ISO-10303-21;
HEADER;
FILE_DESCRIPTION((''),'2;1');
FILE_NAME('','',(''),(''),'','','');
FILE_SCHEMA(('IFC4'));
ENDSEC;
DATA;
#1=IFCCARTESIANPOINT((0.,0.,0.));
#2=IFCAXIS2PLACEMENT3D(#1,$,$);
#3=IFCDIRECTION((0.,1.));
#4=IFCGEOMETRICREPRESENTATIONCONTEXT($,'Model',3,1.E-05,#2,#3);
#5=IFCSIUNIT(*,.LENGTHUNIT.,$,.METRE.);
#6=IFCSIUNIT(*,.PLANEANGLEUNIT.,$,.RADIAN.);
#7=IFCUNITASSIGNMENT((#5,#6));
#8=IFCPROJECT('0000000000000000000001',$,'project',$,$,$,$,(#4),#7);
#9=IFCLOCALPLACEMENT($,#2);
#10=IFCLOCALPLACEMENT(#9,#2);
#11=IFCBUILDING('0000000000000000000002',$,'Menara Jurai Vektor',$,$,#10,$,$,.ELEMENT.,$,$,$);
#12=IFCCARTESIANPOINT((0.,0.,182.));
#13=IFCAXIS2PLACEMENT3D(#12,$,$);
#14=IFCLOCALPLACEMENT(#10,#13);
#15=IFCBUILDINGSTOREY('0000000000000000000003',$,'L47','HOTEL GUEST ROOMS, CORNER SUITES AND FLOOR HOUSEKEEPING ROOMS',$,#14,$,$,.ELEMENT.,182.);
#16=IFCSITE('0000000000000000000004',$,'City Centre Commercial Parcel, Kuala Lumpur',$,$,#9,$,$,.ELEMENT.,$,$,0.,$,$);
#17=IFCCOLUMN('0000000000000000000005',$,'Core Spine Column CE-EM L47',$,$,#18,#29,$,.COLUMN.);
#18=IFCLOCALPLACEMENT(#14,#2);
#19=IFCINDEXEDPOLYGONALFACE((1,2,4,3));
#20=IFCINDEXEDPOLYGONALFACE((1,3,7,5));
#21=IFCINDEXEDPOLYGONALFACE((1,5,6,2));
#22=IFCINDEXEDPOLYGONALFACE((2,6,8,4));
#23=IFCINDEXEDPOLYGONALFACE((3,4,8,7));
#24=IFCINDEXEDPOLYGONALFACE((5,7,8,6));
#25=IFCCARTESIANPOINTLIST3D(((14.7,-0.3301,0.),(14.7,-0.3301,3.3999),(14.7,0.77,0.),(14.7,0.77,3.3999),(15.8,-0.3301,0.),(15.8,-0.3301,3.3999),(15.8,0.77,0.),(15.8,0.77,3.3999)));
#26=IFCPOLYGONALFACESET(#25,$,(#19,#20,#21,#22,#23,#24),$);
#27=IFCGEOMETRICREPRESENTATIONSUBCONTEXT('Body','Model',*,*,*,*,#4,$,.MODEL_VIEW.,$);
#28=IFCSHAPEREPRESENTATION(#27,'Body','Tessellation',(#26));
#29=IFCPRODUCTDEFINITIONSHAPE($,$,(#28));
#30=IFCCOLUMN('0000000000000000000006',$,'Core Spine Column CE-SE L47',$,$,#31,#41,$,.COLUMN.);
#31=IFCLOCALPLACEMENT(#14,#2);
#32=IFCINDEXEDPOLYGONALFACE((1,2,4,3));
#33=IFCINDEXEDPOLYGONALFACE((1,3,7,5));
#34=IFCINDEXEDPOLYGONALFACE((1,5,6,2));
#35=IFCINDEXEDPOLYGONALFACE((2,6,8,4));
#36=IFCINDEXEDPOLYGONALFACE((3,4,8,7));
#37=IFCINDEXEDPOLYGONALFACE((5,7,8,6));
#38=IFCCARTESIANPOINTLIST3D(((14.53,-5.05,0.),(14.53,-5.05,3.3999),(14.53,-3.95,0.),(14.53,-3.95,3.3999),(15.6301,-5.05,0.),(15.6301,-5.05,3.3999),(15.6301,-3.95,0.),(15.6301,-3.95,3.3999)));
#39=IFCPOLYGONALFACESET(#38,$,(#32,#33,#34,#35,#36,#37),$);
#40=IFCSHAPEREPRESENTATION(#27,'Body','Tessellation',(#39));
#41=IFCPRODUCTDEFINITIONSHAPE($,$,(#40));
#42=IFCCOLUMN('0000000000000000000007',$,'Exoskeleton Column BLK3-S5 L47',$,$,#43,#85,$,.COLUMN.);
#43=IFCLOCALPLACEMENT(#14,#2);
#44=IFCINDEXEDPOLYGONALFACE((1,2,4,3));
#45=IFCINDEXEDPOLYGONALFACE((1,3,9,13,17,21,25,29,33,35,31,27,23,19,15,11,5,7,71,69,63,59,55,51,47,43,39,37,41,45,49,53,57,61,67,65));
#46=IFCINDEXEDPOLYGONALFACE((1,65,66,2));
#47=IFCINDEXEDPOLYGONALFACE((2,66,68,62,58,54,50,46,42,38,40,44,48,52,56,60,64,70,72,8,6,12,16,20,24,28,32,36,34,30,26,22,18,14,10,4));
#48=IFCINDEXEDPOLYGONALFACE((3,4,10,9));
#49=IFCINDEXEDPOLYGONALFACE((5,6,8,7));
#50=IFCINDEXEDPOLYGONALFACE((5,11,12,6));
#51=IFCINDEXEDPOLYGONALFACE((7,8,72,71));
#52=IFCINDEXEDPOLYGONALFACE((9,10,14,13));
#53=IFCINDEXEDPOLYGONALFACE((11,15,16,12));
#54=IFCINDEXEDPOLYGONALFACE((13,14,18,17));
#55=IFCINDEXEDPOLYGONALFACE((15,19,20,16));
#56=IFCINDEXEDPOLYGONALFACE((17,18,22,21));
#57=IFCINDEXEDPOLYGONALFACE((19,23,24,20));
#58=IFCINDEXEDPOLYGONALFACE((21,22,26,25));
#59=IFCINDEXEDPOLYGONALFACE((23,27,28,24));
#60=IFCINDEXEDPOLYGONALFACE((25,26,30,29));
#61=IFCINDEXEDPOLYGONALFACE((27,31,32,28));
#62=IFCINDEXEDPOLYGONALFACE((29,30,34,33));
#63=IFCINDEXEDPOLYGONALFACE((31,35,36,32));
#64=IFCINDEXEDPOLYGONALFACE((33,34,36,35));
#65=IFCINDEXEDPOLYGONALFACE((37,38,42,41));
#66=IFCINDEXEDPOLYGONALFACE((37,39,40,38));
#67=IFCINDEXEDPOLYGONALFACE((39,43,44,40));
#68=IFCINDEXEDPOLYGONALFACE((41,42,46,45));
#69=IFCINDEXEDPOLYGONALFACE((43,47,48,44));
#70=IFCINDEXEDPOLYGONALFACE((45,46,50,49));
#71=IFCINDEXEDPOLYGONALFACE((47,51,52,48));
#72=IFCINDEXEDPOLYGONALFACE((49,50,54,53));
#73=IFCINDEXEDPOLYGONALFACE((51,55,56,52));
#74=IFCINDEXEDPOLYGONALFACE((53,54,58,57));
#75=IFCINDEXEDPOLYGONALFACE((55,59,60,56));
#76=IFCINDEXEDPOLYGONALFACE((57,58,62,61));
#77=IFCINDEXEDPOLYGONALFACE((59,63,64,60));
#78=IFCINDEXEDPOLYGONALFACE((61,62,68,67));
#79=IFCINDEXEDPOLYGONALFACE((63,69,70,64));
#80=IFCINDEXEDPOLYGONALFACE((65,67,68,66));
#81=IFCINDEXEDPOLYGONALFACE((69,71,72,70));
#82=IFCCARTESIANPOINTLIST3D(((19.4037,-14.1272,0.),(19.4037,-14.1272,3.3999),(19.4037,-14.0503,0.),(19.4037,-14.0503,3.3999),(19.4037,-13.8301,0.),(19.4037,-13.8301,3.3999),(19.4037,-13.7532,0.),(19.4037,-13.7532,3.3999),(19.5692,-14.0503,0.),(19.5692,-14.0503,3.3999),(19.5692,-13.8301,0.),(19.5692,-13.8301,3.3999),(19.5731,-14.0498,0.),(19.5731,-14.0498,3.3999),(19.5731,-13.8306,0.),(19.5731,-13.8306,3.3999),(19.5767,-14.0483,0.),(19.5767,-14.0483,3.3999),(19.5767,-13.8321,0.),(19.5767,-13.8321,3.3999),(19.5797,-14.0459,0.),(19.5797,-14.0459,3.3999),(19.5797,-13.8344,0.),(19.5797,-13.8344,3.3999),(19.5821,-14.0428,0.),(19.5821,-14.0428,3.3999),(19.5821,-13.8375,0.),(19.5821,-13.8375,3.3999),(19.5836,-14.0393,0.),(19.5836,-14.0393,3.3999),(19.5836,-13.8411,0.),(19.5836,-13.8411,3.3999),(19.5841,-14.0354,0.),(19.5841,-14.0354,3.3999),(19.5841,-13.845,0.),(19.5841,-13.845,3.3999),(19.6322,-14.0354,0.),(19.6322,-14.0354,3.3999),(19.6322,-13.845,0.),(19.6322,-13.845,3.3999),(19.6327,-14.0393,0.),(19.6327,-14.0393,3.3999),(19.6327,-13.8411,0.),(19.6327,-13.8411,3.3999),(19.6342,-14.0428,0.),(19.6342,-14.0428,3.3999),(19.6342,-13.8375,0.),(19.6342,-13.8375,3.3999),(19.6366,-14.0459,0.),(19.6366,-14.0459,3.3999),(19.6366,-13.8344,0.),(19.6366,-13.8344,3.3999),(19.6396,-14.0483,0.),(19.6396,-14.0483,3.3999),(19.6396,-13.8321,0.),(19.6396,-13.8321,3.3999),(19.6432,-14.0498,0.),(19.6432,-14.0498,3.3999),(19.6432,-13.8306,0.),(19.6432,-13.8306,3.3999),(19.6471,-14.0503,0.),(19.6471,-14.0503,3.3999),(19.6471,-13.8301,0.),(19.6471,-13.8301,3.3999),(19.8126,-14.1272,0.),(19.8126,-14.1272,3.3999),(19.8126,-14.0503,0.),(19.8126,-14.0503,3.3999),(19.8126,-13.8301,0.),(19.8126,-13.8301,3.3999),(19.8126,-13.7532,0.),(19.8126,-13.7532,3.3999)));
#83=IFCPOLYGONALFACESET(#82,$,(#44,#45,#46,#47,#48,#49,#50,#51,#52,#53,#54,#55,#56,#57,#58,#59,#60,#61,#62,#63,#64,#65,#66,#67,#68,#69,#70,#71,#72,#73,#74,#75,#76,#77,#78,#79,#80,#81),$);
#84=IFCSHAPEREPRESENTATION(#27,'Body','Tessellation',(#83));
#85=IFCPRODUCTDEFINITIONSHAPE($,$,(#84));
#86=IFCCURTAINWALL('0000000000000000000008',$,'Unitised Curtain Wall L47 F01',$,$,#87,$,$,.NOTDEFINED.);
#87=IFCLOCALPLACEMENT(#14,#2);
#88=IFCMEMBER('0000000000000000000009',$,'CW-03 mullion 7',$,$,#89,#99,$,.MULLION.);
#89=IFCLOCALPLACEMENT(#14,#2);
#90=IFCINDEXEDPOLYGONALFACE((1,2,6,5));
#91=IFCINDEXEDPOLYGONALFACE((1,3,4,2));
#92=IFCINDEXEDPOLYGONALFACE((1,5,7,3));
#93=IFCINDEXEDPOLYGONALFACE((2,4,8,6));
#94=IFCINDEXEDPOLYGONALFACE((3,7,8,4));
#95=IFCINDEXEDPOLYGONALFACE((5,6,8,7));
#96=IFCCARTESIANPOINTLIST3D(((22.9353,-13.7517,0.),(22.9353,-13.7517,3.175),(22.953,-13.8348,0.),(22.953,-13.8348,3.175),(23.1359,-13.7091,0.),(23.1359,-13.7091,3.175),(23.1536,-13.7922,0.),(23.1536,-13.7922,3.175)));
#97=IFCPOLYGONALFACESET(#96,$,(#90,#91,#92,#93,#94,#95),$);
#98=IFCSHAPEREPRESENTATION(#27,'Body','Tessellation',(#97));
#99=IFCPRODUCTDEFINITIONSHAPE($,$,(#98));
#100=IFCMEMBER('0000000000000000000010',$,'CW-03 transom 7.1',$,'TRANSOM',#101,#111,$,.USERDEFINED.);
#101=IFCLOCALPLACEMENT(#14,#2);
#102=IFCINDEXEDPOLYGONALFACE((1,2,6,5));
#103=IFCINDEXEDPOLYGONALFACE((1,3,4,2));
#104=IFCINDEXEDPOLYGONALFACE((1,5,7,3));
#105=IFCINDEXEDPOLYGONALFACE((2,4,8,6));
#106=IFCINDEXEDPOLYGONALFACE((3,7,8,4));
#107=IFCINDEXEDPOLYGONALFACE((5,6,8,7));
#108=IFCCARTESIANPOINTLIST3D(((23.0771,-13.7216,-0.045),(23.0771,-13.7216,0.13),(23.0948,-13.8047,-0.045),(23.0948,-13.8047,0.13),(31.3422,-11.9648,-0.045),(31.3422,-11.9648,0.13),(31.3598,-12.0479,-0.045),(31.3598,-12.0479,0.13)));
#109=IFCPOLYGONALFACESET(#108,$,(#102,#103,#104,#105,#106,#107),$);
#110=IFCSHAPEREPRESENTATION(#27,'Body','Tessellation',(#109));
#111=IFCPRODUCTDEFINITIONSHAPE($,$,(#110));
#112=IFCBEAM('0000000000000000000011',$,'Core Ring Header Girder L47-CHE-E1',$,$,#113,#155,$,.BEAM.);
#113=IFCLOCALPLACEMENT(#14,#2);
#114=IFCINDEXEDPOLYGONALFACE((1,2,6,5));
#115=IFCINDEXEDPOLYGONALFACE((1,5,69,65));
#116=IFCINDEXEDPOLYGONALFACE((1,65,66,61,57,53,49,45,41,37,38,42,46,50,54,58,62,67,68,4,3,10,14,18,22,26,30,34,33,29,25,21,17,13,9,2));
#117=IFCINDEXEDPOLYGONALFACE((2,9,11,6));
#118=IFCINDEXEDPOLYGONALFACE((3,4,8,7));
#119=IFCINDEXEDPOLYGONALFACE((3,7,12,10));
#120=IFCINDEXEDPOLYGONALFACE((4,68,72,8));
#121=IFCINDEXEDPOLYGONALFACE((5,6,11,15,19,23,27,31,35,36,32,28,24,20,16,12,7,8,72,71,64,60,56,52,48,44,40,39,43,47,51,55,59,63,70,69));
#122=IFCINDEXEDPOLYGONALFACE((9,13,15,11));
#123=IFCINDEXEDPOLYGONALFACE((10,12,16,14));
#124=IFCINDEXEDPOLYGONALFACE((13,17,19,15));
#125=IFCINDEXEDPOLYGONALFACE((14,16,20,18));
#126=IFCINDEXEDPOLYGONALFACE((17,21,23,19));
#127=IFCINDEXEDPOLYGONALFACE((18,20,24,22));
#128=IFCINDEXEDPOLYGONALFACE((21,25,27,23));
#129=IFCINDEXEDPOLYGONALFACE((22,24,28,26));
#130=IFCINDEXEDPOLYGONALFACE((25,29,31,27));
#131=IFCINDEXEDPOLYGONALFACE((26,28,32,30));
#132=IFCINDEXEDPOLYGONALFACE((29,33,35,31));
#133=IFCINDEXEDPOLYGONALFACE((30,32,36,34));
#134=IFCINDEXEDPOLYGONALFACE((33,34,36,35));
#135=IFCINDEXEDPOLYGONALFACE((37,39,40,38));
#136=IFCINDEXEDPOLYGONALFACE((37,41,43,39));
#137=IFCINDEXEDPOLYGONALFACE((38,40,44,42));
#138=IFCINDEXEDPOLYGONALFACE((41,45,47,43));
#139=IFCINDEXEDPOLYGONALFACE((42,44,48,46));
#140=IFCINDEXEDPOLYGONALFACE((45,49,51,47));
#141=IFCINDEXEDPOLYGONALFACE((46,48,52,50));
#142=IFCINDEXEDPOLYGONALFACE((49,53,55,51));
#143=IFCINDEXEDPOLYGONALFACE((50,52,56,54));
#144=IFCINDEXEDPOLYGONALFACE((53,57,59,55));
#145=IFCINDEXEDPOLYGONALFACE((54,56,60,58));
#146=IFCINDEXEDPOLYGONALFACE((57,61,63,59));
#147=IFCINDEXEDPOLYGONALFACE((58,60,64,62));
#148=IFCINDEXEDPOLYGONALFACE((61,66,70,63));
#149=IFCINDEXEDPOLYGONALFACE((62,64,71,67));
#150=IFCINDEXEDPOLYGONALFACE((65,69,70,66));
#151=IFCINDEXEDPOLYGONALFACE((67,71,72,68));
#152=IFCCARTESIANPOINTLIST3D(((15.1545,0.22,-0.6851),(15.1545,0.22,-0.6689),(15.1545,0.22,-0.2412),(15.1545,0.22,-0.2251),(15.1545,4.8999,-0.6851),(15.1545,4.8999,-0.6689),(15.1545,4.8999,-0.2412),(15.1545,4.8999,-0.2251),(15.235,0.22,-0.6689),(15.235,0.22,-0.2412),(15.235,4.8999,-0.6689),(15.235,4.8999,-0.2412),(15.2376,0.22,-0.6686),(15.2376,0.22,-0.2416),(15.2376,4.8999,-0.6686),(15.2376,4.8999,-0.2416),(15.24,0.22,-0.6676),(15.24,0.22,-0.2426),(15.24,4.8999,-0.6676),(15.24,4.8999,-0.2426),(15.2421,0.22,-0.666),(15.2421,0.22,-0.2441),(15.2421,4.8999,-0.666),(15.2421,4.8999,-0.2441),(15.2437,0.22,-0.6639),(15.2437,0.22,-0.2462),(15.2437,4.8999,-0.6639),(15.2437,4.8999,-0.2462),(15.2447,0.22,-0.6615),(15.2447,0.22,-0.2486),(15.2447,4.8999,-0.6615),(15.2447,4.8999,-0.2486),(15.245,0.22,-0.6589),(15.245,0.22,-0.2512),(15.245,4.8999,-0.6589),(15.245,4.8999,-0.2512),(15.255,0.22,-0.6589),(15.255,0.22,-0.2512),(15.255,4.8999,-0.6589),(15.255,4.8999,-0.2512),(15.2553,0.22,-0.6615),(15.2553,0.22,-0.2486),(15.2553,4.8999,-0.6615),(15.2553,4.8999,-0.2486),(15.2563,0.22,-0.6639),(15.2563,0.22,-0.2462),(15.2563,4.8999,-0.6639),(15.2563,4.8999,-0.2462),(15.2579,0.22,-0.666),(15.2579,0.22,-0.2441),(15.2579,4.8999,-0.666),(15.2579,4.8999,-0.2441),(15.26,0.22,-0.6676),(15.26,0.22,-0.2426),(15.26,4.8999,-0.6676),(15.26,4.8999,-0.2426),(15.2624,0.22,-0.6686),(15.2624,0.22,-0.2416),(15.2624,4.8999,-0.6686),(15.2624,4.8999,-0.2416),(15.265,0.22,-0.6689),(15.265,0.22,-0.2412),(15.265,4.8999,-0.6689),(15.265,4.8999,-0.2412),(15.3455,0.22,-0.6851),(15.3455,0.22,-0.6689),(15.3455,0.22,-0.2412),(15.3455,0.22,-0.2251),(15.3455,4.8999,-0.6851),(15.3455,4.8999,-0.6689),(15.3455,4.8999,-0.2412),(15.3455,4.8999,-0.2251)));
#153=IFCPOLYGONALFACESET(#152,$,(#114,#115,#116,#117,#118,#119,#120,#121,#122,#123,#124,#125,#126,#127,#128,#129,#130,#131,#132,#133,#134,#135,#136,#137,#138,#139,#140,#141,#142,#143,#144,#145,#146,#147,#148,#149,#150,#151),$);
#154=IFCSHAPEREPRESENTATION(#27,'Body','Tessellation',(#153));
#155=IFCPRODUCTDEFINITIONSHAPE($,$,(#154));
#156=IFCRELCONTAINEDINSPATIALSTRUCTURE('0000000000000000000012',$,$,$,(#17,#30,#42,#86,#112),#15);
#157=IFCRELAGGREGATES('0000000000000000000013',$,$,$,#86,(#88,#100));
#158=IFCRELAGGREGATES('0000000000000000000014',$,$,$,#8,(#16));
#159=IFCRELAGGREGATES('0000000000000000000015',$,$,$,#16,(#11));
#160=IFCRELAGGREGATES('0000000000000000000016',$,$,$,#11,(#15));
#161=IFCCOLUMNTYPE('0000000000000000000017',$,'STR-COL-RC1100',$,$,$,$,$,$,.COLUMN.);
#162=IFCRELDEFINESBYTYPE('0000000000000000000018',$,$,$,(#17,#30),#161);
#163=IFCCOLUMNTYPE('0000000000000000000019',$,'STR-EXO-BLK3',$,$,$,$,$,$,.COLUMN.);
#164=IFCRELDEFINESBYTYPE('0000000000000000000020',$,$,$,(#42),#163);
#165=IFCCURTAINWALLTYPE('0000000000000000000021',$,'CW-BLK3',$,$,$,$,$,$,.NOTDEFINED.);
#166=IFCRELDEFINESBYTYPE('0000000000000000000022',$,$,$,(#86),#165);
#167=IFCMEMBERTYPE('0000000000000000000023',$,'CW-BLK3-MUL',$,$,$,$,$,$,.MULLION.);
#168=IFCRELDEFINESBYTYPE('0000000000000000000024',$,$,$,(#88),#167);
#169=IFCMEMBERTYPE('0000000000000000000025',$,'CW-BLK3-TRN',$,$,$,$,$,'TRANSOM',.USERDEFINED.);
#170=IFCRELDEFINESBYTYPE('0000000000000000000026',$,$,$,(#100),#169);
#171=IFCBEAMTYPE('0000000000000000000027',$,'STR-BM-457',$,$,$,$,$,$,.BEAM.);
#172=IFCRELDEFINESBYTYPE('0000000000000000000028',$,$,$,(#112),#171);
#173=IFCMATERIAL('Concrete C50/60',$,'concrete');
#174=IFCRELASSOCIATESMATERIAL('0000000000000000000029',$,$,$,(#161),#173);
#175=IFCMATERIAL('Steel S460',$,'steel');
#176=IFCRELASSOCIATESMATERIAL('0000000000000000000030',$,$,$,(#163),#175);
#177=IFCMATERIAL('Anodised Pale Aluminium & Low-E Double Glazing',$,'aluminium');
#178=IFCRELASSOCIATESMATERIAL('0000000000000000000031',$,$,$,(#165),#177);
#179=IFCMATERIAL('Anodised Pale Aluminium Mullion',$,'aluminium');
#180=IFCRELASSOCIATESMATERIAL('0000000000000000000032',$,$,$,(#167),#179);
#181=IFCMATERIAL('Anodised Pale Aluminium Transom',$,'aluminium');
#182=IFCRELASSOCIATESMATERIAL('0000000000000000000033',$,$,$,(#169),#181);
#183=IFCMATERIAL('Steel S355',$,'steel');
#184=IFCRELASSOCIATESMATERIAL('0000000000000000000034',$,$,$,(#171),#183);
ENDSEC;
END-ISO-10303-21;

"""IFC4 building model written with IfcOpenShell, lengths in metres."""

from ifc_helpers import new_model, si_unit, direction, frame, origin, origin_2d, place, context, subcontext, project, spatial, rectangle, i_section, extrude, material, material_profile, profile_set, type_object, element, aggregate, save


model = new_model("IFC4")

# Units and contexts
model_context = context("Model", 3, precision=1e-05, world=origin(), true_north=direction((0.0, 1.0)))
body_context = subcontext(model_context, "Body", "Model", "MODEL_VIEW")
ifc_project = project(units=[si_unit("LENGTHUNIT", "METRE"), si_unit("PLANEANGLEUNIT", "RADIAN")], contexts=[model_context])

# Site, building, storey
site_placement = place(None, origin())
site = spatial("IfcSite", under=ifc_project, at=site_placement, Name="City Centre Commercial Parcel, Kuala Lumpur", CompositionType="ELEMENT", RefElevation=0.0)
building_placement = place(site_placement, origin())
building = spatial("IfcBuilding", under=site, at=building_placement, Name="Menara Jurai Vektor", CompositionType="ELEMENT")
storey_placement = place(building_placement, frame((0.0, 0.0, 182.0)))
storey = spatial("IfcBuildingStorey", under=building, at=storey_placement, Name="L47", Description="HOTEL GUEST ROOMS, CORNER SUITES AND FLOOR HOUSEKEEPING ROOMS", CompositionType="ELEMENT", Elevation=182.0)

# Columns
ifc_material_1 = material(Name="Concrete C50/60", Category="concrete")
ifc_material_profile_1 = material_profile(ifc_material_1, rectangle(XDim=1.1001, YDim=1.1001, at=origin_2d()), Name="RC 1100x1100")
ifc_profile_set_1 = profile_set([ifc_material_profile_1], Name="Concrete C50/60")
column_type_1 = type_object("IfcColumnType", Name="STR-COL-RC1100", PredefinedType="COLUMN", material=ifc_profile_set_1)
for number, where, z_axis, x_axis, name in (
    (1, (15.25, 0.22, 0.0), (0.0, 0.0, 1.0), (1.0, 0.0, 0.0), "Core Spine Column CE-EM L47"),
    (2, (15.0801, -4.5, 0.0), (0.0, 0.0, 1.0), (1.0, 0.0, 0.0), "Core Spine Column CE-SE L47"),
):
    element("IfcColumn", number, at=place(storey_placement, frame(where, z_axis=z_axis, x_axis=x_axis)), inside=storey, type_object=column_type_1, Name=name, PredefinedType="COLUMN", context=body_context, shape_type="SweptSolid", body=[
        extrude(rectangle(XDim=1.1001, YDim=1.1001, at=origin_2d()), origin(), (0.0, 0.0, 1.0), 3.3999),
    ])
ifc_material_2 = material(Name="Steel S460", Category="steel")
ifc_material_profile_2 = material_profile(ifc_material_2, i_section(OverallWidth=0.4089, OverallDepth=0.374, WebThickness=0.0481, FlangeThickness=0.0769, FilletRadius=0.0149, at=origin_2d()), Name="HD 400x634")
ifc_profile_set_2 = profile_set([ifc_material_profile_2], Name="Steel S460")
column_type_2 = type_object("IfcColumnType", Name="STR-EXO-BLK3", PredefinedType="COLUMN", material=ifc_profile_set_2)
column_placement = place(storey_placement, frame((19.6082, -13.9402, 0.0), z_axis=(0.0, 0.0, 1.0), x_axis=(1.0, 0.0, 0.0)))
element("IfcColumn", 3, at=column_placement, inside=storey, type_object=column_type_2, Name="Exoskeleton Column BLK3-S5 L47", PredefinedType="COLUMN", context=body_context, shape_type="SweptSolid", body=[
    extrude(i_section(OverallWidth=0.4089, OverallDepth=0.374, WebThickness=0.0481, FlangeThickness=0.0769, FilletRadius=0.0149, at=origin_2d()), origin(), (0.0, 0.0, 1.0), 3.3999),
])

# Curtain wall, members
ifc_material_3 = material(Name="Anodised Pale Aluminium & Low-E Double Glazing", Category="aluminium")
curtain_wall_type = type_object("IfcCurtainWallType", Name="CW-BLK3", PredefinedType="NOTDEFINED", material=ifc_material_3)
curtain_wall_placement = place(storey_placement, origin())
curtain_wall = element("IfcCurtainWall", 4, at=curtain_wall_placement, inside=storey, type_object=curtain_wall_type, Name="Unitised Curtain Wall L47 F01", PredefinedType="NOTDEFINED")
ifc_material_4 = material(Name="Anodised Pale Aluminium Mullion", Category="aluminium")
ifc_material_profile_3 = material_profile(ifc_material_4, rectangle(XDim=0.085, YDim=0.2051, at=origin_2d()), Name="ALU MUL 85x205")
ifc_profile_set_3 = profile_set([ifc_material_profile_3], Name="Anodised Pale Aluminium Mullion")
member_type_1 = type_object("IfcMemberType", Name="CW-BLK3-MUL", PredefinedType="MULLION", material=ifc_profile_set_3)
member_1_placement = place(storey_placement, frame((23.0444, -13.772, 0.0), z_axis=(0.0, 0.0, 1.0), x_axis=(-0.207911, 0.978148, 0.0)))
member_1 = element("IfcMember", 5, at=member_1_placement, type_object=member_type_1, Name="CW-03 mullion 7", PredefinedType="MULLION", context=body_context, shape_type="SweptSolid", body=[
    extrude(rectangle(XDim=0.085, YDim=0.2051, at=origin_2d()), origin(), (0.0, 0.0, 1.0), 3.175),
])
ifc_material_5 = material(Name="Anodised Pale Aluminium Transom", Category="aluminium")
ifc_material_profile_4 = material_profile(ifc_material_5, rectangle(XDim=0.085, YDim=0.175, at=origin_2d()), Name="ALU TRN 85x175")
ifc_profile_set_4 = profile_set([ifc_material_profile_4], Name="Anodised Pale Aluminium Transom")
member_type_2 = type_object("IfcMemberType", Name="CW-BLK3-TRN", ElementType="TRANSOM", PredefinedType="USERDEFINED", material=ifc_profile_set_4)
member_2_placement = place(storey_placement, frame((23.0859, -13.7632, 0.0425), z_axis=(0.978147, 0.207915, 0.0), x_axis=(-0.207915, 0.978147, 0.0)))
member_2 = element("IfcMember", 6, at=member_2_placement, type_object=member_type_2, Name="CW-03 transom 7.1", ObjectType="TRANSOM", PredefinedType="USERDEFINED", context=body_context, shape_type="SweptSolid", body=[
    extrude(rectangle(XDim=0.085, YDim=0.175, at=origin_2d()), origin(), (0.0, 0.0, 1.0), 8.4497),
])

# Beam
ifc_material_6 = material(Name="Steel S355", Category="steel")
ifc_material_profile_5 = material_profile(ifc_material_6, i_section(OverallWidth=0.1909, OverallDepth=0.46, WebThickness=0.01, FlangeThickness=0.0161, FilletRadius=0.01, at=origin_2d()), Name="UKB 457x191x82")
ifc_profile_set_5 = profile_set([ifc_material_profile_5], Name="Steel S355")
beam_type_1 = type_object("IfcBeamType", Name="STR-BM-457", PredefinedType="BEAM", material=ifc_profile_set_5)
beam_1_placement = place(storey_placement, frame((15.25, 0.22, -0.4551), z_axis=(0.0, 1.0, 0.0), x_axis=(-1.0, 0.0, 0.0)))
element("IfcBeam", 7, at=beam_1_placement, inside=storey, type_object=beam_type_1, Name="Core Ring Header Girder L47-CHE-E1", PredefinedType="BEAM", context=body_context, shape_type="SweptSolid", body=[
    extrude(i_section(OverallWidth=0.1909, OverallDepth=0.46, WebThickness=0.01, FlangeThickness=0.0161, FilletRadius=0.01, at=origin_2d()), origin(), (0.0, 0.0, 1.0), 4.6799),
])

aggregate(curtain_wall, [member_1, member_2])

save(model, "model.ifc")
